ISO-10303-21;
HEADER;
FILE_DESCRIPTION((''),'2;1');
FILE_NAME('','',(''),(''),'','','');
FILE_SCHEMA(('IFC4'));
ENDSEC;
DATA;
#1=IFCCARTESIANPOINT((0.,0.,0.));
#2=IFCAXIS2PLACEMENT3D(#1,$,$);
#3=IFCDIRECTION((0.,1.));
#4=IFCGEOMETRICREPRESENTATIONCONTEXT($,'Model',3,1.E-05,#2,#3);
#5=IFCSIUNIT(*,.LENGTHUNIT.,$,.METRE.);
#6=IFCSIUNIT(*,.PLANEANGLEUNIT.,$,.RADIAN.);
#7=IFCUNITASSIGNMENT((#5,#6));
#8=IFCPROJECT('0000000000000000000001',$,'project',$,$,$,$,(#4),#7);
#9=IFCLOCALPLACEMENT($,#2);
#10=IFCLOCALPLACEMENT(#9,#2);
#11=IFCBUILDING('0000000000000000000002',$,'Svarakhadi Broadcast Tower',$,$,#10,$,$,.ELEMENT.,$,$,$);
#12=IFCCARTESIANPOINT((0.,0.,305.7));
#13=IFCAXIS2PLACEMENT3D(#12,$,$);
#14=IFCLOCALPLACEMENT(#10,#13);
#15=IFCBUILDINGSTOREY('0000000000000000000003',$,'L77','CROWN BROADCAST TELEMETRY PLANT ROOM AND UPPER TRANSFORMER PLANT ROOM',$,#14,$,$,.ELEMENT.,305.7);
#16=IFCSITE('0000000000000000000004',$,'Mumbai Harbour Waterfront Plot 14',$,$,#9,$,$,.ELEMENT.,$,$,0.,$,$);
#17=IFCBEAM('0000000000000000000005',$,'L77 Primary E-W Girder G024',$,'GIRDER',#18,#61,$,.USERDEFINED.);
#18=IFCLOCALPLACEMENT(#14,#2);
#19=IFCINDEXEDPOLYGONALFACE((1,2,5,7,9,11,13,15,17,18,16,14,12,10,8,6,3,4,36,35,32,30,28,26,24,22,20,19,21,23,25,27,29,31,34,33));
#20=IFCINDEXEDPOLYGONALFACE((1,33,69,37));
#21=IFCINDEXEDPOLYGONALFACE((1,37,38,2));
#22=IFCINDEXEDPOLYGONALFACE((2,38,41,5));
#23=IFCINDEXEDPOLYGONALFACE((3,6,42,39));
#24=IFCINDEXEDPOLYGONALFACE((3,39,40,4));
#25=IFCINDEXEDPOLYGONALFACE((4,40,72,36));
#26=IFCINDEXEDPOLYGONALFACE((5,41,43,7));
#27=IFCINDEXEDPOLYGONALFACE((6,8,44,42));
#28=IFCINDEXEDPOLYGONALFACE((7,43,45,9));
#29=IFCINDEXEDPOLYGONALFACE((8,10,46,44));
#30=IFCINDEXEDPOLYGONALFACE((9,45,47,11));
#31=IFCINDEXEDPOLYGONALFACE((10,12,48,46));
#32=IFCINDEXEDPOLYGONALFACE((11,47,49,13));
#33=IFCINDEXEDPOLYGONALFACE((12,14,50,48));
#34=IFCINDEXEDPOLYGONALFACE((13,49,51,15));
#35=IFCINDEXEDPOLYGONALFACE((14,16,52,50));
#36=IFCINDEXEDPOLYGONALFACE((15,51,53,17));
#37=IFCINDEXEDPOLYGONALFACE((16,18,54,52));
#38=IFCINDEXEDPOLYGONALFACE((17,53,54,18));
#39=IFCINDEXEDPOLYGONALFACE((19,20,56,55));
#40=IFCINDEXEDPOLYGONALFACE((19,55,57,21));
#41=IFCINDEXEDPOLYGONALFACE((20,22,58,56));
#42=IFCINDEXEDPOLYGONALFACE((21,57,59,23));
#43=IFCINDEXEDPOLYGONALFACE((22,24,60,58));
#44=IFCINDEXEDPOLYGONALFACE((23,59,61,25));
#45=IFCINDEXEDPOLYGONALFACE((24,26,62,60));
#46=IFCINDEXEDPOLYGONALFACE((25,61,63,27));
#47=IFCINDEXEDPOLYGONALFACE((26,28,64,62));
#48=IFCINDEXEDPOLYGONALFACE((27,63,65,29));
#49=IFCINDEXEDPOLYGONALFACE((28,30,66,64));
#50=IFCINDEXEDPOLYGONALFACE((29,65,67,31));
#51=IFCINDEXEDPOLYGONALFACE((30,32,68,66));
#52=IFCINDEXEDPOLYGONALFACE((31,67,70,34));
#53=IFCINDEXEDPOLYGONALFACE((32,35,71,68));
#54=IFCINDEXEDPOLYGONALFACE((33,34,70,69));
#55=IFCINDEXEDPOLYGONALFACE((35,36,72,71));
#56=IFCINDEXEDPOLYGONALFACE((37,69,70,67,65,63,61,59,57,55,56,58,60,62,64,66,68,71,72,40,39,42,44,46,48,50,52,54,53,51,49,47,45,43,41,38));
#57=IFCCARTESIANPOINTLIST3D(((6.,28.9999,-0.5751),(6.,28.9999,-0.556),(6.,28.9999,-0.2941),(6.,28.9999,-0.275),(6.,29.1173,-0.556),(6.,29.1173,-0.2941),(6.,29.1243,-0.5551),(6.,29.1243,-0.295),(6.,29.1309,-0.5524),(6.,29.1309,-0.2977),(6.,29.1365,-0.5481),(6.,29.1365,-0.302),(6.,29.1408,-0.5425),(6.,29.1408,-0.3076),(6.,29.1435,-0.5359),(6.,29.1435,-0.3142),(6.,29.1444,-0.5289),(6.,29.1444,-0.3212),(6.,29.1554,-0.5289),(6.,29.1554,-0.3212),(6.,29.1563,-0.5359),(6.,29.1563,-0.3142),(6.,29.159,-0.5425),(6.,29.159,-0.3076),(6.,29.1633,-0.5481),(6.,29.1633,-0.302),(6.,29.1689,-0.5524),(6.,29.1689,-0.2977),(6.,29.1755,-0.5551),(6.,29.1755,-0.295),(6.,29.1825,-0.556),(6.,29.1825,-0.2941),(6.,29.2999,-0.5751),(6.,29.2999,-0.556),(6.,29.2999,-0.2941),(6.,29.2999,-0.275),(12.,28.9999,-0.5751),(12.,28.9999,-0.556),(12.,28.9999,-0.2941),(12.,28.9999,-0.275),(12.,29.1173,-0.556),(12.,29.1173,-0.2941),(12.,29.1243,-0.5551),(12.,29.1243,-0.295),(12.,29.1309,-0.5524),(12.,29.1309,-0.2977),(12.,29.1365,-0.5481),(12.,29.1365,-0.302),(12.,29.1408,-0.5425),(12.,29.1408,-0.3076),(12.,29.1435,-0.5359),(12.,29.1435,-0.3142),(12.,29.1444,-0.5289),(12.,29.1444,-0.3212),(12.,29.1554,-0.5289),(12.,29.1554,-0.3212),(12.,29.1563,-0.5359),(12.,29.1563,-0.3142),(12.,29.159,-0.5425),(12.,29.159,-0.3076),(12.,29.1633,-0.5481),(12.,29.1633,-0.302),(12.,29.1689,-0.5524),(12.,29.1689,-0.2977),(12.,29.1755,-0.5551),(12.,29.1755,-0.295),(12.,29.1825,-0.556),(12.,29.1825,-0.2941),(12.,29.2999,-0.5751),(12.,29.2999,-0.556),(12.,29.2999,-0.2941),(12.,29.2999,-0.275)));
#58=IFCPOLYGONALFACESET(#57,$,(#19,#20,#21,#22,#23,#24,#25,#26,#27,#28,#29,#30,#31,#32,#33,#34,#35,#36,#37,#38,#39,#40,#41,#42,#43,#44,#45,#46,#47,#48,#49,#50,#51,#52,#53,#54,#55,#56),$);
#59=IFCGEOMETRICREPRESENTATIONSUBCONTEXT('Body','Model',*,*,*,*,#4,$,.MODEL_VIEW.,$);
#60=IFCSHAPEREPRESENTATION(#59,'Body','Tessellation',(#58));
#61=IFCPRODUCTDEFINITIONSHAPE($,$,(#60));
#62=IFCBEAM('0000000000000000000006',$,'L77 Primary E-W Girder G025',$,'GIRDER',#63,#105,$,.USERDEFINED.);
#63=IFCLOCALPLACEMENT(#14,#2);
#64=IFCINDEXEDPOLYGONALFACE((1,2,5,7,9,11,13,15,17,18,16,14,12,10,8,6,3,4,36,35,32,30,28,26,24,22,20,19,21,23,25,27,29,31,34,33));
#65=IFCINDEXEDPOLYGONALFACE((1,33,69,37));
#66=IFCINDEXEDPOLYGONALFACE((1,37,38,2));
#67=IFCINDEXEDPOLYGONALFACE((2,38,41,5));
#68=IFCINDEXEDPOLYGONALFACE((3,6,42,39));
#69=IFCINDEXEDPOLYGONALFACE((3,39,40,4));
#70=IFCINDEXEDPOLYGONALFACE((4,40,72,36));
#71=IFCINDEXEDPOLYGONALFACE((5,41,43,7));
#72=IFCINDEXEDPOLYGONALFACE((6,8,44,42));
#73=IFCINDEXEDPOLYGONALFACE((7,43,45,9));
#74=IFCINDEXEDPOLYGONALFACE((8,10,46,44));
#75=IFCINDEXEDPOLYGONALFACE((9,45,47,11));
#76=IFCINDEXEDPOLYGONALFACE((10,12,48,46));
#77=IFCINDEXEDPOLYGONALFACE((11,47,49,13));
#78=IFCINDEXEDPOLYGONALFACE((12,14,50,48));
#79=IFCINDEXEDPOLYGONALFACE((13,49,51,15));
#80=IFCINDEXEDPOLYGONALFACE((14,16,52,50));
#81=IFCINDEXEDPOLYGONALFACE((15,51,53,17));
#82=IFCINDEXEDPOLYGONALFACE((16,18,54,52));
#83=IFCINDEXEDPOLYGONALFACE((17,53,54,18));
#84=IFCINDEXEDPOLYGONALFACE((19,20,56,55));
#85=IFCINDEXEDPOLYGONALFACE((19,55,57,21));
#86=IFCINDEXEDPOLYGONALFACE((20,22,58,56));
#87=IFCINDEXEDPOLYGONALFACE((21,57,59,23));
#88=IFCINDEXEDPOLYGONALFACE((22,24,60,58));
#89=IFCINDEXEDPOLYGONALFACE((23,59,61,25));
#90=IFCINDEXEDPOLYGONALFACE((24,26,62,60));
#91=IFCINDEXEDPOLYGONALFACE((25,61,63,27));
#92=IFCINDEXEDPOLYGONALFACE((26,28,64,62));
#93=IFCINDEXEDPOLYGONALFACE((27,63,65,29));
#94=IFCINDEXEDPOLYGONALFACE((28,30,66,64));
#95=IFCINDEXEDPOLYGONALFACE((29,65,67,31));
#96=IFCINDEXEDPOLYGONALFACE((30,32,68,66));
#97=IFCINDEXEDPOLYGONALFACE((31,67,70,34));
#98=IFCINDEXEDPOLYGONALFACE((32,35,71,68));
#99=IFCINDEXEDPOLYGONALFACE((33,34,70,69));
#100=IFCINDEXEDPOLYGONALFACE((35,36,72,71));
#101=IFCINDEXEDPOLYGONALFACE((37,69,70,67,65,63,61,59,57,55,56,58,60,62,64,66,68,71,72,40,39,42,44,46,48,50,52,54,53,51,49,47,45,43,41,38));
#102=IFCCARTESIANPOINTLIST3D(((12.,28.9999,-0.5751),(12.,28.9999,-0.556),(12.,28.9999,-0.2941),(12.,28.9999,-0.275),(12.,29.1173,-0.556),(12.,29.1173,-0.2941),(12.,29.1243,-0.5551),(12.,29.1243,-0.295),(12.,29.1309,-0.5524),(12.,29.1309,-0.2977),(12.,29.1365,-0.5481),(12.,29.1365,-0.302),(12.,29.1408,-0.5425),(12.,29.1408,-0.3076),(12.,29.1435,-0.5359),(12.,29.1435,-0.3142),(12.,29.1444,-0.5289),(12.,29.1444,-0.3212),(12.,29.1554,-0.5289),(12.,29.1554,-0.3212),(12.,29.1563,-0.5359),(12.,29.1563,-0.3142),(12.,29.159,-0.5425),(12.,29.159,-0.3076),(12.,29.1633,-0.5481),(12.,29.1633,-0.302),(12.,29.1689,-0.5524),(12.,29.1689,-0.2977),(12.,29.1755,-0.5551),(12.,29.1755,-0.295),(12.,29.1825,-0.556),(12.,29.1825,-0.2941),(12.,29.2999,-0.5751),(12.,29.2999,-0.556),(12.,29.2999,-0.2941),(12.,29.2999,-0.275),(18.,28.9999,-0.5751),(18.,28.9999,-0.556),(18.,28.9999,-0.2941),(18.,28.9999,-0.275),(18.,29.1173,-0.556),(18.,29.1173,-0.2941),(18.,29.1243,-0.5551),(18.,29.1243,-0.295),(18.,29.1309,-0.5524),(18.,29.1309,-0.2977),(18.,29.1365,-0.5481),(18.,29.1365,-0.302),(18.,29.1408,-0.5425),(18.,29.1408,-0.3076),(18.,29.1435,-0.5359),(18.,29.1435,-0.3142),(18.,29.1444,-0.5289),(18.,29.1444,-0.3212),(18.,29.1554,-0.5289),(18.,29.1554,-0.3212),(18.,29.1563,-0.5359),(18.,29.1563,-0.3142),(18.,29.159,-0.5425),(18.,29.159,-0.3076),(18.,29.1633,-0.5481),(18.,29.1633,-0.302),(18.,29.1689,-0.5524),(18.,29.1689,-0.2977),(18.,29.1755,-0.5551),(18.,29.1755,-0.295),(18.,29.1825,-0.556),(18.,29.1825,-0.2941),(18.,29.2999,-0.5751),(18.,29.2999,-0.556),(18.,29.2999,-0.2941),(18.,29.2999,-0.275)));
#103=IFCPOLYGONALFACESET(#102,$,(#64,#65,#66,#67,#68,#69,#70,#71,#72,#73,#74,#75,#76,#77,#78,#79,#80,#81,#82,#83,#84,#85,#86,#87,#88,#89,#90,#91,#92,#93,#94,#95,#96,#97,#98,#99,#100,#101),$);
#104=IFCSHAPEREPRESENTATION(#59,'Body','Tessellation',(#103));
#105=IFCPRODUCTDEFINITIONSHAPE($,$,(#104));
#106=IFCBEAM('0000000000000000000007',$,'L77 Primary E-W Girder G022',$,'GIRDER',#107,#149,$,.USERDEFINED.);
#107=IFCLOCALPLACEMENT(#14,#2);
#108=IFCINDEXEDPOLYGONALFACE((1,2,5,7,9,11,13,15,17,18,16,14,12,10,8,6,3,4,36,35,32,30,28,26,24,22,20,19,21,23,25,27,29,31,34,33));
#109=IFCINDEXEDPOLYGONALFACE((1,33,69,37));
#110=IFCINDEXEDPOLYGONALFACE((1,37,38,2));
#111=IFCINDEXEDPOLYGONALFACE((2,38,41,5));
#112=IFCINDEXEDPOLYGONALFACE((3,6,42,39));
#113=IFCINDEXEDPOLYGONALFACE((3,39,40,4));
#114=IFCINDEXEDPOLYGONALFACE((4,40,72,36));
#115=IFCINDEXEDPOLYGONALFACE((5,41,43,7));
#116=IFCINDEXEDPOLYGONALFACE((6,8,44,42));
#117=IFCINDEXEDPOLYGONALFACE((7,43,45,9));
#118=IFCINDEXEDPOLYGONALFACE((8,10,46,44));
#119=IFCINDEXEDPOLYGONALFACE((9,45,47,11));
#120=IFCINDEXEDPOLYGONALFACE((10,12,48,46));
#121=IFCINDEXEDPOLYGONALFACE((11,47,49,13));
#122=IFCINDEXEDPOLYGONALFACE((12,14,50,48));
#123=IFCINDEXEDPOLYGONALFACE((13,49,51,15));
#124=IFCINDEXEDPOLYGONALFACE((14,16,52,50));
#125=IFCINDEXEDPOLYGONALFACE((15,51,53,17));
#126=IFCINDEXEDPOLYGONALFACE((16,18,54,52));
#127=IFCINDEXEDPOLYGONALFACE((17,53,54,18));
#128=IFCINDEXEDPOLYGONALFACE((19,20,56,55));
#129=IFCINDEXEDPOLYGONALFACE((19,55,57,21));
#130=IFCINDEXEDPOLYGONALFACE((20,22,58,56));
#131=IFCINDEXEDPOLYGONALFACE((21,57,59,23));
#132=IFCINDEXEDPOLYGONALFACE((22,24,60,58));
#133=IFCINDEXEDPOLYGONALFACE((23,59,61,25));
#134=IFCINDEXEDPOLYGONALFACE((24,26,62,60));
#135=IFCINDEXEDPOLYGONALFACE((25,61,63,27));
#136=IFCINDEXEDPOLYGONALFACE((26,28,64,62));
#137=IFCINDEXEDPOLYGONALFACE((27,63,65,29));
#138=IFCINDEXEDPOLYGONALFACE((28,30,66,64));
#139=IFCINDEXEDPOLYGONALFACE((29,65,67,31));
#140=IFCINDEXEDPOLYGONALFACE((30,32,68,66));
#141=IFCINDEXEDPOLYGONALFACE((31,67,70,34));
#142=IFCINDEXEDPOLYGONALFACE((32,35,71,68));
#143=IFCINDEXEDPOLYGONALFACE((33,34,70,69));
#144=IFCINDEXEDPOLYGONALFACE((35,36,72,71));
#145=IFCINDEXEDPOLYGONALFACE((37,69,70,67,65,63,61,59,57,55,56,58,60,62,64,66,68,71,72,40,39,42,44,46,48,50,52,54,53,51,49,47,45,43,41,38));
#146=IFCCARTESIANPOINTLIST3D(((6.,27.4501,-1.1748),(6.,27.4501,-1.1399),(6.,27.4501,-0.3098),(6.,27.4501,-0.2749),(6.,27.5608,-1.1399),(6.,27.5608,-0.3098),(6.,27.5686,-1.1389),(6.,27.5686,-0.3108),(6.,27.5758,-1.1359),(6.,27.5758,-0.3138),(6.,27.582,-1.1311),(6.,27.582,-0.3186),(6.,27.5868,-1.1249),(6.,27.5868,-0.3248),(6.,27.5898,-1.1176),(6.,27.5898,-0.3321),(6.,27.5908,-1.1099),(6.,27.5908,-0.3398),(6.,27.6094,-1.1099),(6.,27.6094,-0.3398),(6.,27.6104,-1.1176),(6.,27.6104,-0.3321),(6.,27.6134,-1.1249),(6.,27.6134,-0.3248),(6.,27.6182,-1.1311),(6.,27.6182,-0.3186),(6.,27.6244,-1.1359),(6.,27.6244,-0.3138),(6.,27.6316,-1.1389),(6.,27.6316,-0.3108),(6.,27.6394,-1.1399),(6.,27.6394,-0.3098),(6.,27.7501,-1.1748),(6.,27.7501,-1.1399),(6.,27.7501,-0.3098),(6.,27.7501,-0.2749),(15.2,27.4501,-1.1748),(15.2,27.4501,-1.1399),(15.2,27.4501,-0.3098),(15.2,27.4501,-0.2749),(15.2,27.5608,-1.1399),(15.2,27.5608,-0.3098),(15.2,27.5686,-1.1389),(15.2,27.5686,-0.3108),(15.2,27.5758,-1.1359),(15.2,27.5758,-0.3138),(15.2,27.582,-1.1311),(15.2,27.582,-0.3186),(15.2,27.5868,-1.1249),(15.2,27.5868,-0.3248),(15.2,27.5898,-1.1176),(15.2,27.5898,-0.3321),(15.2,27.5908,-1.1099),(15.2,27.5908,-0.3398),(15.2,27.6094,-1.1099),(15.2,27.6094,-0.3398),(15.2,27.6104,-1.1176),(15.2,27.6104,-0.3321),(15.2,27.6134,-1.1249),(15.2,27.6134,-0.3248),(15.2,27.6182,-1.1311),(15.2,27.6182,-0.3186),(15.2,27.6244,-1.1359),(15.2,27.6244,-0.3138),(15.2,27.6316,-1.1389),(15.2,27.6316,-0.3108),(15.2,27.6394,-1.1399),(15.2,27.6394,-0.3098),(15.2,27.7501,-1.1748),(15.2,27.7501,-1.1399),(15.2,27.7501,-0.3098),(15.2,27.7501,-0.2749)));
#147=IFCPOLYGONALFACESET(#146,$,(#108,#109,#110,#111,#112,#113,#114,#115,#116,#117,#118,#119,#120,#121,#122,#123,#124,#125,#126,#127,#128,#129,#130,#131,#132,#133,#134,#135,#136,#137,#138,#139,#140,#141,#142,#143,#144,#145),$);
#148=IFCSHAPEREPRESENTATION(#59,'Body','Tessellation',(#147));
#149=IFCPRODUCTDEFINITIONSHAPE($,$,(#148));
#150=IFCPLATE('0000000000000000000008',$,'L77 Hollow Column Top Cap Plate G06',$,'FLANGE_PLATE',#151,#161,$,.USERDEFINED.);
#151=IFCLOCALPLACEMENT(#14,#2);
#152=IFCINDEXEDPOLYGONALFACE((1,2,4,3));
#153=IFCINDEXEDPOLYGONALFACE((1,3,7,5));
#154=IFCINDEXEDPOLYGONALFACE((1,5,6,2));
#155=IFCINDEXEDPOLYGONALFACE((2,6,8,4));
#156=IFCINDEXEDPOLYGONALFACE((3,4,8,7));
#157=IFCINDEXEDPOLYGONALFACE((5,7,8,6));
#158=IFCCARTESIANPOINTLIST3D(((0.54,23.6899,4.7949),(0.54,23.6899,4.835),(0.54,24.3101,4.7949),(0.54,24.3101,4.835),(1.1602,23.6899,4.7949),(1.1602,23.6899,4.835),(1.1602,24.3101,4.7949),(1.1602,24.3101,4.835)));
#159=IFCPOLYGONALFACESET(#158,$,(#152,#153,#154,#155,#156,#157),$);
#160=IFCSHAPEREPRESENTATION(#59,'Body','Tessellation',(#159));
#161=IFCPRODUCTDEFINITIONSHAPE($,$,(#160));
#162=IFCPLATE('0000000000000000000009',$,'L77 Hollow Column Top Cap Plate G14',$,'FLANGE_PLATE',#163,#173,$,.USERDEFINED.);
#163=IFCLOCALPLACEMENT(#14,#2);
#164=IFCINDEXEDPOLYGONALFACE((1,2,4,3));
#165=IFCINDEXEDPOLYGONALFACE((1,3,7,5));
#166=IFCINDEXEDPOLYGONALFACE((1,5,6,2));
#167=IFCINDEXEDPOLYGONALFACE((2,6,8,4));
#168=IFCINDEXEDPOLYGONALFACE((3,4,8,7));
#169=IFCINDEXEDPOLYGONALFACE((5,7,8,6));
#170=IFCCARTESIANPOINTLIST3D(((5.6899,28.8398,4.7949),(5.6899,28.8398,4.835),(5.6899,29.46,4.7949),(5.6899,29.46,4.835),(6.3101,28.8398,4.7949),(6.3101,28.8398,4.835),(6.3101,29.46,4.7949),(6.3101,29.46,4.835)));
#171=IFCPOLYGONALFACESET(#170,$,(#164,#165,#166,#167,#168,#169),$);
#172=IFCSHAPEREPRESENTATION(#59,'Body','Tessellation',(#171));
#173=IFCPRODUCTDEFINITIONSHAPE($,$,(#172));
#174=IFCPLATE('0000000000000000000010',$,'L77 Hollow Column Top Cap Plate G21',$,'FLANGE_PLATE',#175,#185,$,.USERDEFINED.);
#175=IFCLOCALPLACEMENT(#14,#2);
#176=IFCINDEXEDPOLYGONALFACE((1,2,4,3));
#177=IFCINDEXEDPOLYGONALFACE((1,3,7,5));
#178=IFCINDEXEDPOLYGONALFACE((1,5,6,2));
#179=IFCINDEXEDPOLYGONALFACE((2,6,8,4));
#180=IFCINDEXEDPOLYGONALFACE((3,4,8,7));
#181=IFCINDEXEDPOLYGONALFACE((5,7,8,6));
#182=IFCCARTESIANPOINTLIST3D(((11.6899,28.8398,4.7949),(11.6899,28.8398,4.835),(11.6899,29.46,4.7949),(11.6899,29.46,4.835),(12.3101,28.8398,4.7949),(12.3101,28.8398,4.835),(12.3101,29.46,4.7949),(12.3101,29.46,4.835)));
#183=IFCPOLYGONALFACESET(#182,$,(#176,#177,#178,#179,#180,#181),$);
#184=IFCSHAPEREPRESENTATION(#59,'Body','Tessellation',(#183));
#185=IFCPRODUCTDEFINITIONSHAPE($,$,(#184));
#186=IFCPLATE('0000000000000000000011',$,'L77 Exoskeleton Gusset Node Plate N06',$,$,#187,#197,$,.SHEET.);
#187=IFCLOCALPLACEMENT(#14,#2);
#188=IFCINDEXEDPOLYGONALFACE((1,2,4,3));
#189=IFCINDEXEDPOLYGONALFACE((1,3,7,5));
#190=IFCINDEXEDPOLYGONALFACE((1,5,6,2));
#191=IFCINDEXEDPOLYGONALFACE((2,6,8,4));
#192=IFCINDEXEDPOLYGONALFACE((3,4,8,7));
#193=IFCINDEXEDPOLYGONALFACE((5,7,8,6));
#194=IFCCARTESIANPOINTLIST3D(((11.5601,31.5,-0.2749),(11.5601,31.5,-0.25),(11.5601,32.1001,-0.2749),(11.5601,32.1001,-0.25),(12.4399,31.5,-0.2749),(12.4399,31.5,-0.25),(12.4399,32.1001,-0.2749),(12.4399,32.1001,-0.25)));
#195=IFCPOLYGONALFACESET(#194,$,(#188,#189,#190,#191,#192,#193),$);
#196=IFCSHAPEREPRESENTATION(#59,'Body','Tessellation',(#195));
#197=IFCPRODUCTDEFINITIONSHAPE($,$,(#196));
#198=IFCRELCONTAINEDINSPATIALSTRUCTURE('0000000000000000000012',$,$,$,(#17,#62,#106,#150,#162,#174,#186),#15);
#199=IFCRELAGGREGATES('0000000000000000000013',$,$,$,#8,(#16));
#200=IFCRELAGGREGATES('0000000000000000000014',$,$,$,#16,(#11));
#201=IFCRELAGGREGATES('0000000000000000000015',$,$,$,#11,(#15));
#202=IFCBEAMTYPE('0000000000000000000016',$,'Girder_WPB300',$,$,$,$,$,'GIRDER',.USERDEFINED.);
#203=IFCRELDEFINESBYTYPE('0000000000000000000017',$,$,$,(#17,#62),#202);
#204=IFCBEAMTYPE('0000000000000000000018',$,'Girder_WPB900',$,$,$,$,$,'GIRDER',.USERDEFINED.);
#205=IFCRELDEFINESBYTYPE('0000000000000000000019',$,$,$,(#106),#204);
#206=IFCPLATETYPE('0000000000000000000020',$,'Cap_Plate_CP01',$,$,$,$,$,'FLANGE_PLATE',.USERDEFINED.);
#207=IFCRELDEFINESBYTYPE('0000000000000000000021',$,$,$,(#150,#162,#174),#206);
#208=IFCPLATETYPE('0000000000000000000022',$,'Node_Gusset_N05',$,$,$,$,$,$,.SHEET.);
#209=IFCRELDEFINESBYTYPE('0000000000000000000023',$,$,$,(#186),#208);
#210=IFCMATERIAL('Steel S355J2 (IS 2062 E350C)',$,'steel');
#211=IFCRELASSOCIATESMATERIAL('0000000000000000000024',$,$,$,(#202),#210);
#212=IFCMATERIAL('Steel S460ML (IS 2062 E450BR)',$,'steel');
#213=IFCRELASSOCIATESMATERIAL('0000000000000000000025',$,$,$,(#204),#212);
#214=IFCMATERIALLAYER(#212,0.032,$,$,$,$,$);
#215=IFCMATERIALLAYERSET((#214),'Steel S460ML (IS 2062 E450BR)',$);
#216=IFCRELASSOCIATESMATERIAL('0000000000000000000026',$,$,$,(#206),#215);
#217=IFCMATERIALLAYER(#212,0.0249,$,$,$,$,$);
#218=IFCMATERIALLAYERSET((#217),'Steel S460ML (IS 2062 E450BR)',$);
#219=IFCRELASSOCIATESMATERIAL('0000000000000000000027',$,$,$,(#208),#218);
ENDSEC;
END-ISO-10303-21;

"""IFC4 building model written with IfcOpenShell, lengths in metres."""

from ifc_helpers import new_model, si_unit, direction, frame, origin, origin_2d, place, context, subcontext, project, spatial, rectangle, i_section, extrude, material, layer, layer_set, material_profile, profile_set, type_object, element, save


model = new_model("IFC4")

# Units and contexts
model_context = context("Model", 3, precision=1e-05, world=origin(), true_north=direction((0.0, 1.0)))
body_context = subcontext(model_context, "Body", "Model", "MODEL_VIEW")
ifc_project = project(units=[si_unit("LENGTHUNIT", "METRE"), si_unit("PLANEANGLEUNIT", "RADIAN")], contexts=[model_context])

# Site, building, storey
site_placement = place(None, origin())
site = spatial("IfcSite", under=ifc_project, at=site_placement, Name="Mumbai Harbour Waterfront Plot 14", CompositionType="ELEMENT", RefElevation=0.0)
building_placement = place(site_placement, origin())
building = spatial("IfcBuilding", under=site, at=building_placement, Name="Svarakhadi Broadcast Tower", CompositionType="ELEMENT")
storey_placement = place(building_placement, frame((0.0, 0.0, 305.7)))
storey = spatial("IfcBuildingStorey", under=building, at=storey_placement, Name="L77", Description="CROWN BROADCAST TELEMETRY PLANT ROOM AND UPPER TRANSFORMER PLANT ROOM", CompositionType="ELEMENT", Elevation=305.7)

# Shared definitions
ifc_material_1 = material(Name="Steel S460ML (IS 2062 E450BR)", Category="steel")

# Beams
ifc_material_2 = material(Name="Steel S355J2 (IS 2062 E350C)", Category="steel")
ifc_material_profile_1 = material_profile(ifc_material_2, i_section(OverallWidth=0.3, OverallDepth=0.3, WebThickness=0.011, FlangeThickness=0.019, FilletRadius=0.0271, at=origin_2d()), Name="WPB 300x300x117")
ifc_profile_set_1 = profile_set([ifc_material_profile_1], Name="Steel S355J2 (IS 2062 E350C)")
beam_type_1 = type_object("IfcBeamType", Name="Girder_WPB300", ElementType="GIRDER", PredefinedType="USERDEFINED", material=ifc_profile_set_1)
for number, where, z_axis, x_axis, name in (
    (1, (6.0, 29.1499, -0.425), (1.0, 0.0, 0.0), (0.0, 1.0, 0.0), "L77 Primary E-W Girder G024"),
    (2, (12.0, 29.1499, -0.425), (1.0, 0.0, 0.0), (0.0, 1.0, 0.0), "L77 Primary E-W Girder G025"),
):
    element("IfcBeam", number, at=place(storey_placement, frame(where, z_axis=z_axis, x_axis=x_axis)), inside=storey, type_object=beam_type_1, Name=name, ObjectType="GIRDER", PredefinedType="USERDEFINED", context=body_context, shape_type="SweptSolid", body=[
        extrude(i_section(OverallWidth=0.3, OverallDepth=0.3, WebThickness=0.011, FlangeThickness=0.019, FilletRadius=0.0271, at=origin_2d()), origin(), (0.0, 0.0, 1.0), 6.0),
    ])
ifc_material_profile_2 = material_profile(ifc_material_1, i_section(OverallWidth=0.3, OverallDepth=0.8999, WebThickness=0.0186, FlangeThickness=0.0349, FilletRadius=0.03, at=origin_2d()), Name="WPB 900x300x291")
ifc_profile_set_2 = profile_set([ifc_material_profile_2], Name="Steel S460ML (IS 2062 E450BR)")
beam_type_2 = type_object("IfcBeamType", Name="Girder_WPB900", ElementType="GIRDER", PredefinedType="USERDEFINED", material=ifc_profile_set_2)
beam_1_placement = place(storey_placement, frame((6.0, 27.6001, -0.7249), z_axis=(1.0, 0.0, 0.0), x_axis=(0.0, 1.0, 0.0)))
element("IfcBeam", 3, at=beam_1_placement, inside=storey, type_object=beam_type_2, Name="L77 Primary E-W Girder G022", ObjectType="GIRDER", PredefinedType="USERDEFINED", context=body_context, shape_type="SweptSolid", body=[
    extrude(i_section(OverallWidth=0.3, OverallDepth=0.8999, WebThickness=0.0186, FlangeThickness=0.0349, FilletRadius=0.03, at=origin_2d()), origin(), (0.0, 0.0, 1.0), 9.2),
])

# Plates
ifc_layer_1 = layer(ifc_material_1, 0.032)
ifc_layer_set_1 = layer_set([ifc_layer_1], Name="Steel S460ML (IS 2062 E450BR)")
plate_type_1 = type_object("IfcPlateType", Name="Cap_Plate_CP01", ElementType="FLANGE_PLATE", PredefinedType="USERDEFINED", material=ifc_layer_set_1)
for number, where, z_axis, x_axis, name in (
    (4, (0.8501, 24.0, 4.7949), (0.0, 0.0, 1.0), (1.0, 0.0, 0.0), "L77 Hollow Column Top Cap Plate G06"),
    (5, (6.0, 29.1499, 4.7949), (0.0, 0.0, 1.0), (1.0, 0.0, 0.0), "L77 Hollow Column Top Cap Plate G14"),
    (6, (12.0, 29.1499, 4.7949), (0.0, 0.0, 1.0), (1.0, 0.0, 0.0), "L77 Hollow Column Top Cap Plate G21"),
):
    element("IfcPlate", number, at=place(storey_placement, frame(where, z_axis=z_axis, x_axis=x_axis)), inside=storey, type_object=plate_type_1, Name=name, ObjectType="FLANGE_PLATE", PredefinedType="USERDEFINED", context=body_context, shape_type="SweptSolid", body=[
        extrude(rectangle(XDim=0.6201, YDim=0.6201, at=origin_2d()), origin(), (0.0, 0.0, 1.0), 0.04),
    ])
ifc_layer_2 = layer(ifc_material_1, 0.0249)
ifc_layer_set_2 = layer_set([ifc_layer_2], Name="Steel S460ML (IS 2062 E450BR)")
plate_type_2 = type_object("IfcPlateType", Name="Node_Gusset_N05", PredefinedType="SHEET", material=ifc_layer_set_2)
plate_1_placement = place(storey_placement, frame((12.0, 31.8, -0.2749), z_axis=(0.0, 0.0, 1.0), x_axis=(1.0, 0.0, 0.0)))
element("IfcPlate", 7, at=plate_1_placement, inside=storey, type_object=plate_type_2, Name="L77 Exoskeleton Gusset Node Plate N06", PredefinedType="SHEET", context=body_context, shape_type="SweptSolid", body=[
    extrude(rectangle(XDim=0.8799, YDim=0.6001, at=origin_2d()), origin(), (0.0, 0.0, 1.0), 0.0249),
])

save(model, "model.ifc")
